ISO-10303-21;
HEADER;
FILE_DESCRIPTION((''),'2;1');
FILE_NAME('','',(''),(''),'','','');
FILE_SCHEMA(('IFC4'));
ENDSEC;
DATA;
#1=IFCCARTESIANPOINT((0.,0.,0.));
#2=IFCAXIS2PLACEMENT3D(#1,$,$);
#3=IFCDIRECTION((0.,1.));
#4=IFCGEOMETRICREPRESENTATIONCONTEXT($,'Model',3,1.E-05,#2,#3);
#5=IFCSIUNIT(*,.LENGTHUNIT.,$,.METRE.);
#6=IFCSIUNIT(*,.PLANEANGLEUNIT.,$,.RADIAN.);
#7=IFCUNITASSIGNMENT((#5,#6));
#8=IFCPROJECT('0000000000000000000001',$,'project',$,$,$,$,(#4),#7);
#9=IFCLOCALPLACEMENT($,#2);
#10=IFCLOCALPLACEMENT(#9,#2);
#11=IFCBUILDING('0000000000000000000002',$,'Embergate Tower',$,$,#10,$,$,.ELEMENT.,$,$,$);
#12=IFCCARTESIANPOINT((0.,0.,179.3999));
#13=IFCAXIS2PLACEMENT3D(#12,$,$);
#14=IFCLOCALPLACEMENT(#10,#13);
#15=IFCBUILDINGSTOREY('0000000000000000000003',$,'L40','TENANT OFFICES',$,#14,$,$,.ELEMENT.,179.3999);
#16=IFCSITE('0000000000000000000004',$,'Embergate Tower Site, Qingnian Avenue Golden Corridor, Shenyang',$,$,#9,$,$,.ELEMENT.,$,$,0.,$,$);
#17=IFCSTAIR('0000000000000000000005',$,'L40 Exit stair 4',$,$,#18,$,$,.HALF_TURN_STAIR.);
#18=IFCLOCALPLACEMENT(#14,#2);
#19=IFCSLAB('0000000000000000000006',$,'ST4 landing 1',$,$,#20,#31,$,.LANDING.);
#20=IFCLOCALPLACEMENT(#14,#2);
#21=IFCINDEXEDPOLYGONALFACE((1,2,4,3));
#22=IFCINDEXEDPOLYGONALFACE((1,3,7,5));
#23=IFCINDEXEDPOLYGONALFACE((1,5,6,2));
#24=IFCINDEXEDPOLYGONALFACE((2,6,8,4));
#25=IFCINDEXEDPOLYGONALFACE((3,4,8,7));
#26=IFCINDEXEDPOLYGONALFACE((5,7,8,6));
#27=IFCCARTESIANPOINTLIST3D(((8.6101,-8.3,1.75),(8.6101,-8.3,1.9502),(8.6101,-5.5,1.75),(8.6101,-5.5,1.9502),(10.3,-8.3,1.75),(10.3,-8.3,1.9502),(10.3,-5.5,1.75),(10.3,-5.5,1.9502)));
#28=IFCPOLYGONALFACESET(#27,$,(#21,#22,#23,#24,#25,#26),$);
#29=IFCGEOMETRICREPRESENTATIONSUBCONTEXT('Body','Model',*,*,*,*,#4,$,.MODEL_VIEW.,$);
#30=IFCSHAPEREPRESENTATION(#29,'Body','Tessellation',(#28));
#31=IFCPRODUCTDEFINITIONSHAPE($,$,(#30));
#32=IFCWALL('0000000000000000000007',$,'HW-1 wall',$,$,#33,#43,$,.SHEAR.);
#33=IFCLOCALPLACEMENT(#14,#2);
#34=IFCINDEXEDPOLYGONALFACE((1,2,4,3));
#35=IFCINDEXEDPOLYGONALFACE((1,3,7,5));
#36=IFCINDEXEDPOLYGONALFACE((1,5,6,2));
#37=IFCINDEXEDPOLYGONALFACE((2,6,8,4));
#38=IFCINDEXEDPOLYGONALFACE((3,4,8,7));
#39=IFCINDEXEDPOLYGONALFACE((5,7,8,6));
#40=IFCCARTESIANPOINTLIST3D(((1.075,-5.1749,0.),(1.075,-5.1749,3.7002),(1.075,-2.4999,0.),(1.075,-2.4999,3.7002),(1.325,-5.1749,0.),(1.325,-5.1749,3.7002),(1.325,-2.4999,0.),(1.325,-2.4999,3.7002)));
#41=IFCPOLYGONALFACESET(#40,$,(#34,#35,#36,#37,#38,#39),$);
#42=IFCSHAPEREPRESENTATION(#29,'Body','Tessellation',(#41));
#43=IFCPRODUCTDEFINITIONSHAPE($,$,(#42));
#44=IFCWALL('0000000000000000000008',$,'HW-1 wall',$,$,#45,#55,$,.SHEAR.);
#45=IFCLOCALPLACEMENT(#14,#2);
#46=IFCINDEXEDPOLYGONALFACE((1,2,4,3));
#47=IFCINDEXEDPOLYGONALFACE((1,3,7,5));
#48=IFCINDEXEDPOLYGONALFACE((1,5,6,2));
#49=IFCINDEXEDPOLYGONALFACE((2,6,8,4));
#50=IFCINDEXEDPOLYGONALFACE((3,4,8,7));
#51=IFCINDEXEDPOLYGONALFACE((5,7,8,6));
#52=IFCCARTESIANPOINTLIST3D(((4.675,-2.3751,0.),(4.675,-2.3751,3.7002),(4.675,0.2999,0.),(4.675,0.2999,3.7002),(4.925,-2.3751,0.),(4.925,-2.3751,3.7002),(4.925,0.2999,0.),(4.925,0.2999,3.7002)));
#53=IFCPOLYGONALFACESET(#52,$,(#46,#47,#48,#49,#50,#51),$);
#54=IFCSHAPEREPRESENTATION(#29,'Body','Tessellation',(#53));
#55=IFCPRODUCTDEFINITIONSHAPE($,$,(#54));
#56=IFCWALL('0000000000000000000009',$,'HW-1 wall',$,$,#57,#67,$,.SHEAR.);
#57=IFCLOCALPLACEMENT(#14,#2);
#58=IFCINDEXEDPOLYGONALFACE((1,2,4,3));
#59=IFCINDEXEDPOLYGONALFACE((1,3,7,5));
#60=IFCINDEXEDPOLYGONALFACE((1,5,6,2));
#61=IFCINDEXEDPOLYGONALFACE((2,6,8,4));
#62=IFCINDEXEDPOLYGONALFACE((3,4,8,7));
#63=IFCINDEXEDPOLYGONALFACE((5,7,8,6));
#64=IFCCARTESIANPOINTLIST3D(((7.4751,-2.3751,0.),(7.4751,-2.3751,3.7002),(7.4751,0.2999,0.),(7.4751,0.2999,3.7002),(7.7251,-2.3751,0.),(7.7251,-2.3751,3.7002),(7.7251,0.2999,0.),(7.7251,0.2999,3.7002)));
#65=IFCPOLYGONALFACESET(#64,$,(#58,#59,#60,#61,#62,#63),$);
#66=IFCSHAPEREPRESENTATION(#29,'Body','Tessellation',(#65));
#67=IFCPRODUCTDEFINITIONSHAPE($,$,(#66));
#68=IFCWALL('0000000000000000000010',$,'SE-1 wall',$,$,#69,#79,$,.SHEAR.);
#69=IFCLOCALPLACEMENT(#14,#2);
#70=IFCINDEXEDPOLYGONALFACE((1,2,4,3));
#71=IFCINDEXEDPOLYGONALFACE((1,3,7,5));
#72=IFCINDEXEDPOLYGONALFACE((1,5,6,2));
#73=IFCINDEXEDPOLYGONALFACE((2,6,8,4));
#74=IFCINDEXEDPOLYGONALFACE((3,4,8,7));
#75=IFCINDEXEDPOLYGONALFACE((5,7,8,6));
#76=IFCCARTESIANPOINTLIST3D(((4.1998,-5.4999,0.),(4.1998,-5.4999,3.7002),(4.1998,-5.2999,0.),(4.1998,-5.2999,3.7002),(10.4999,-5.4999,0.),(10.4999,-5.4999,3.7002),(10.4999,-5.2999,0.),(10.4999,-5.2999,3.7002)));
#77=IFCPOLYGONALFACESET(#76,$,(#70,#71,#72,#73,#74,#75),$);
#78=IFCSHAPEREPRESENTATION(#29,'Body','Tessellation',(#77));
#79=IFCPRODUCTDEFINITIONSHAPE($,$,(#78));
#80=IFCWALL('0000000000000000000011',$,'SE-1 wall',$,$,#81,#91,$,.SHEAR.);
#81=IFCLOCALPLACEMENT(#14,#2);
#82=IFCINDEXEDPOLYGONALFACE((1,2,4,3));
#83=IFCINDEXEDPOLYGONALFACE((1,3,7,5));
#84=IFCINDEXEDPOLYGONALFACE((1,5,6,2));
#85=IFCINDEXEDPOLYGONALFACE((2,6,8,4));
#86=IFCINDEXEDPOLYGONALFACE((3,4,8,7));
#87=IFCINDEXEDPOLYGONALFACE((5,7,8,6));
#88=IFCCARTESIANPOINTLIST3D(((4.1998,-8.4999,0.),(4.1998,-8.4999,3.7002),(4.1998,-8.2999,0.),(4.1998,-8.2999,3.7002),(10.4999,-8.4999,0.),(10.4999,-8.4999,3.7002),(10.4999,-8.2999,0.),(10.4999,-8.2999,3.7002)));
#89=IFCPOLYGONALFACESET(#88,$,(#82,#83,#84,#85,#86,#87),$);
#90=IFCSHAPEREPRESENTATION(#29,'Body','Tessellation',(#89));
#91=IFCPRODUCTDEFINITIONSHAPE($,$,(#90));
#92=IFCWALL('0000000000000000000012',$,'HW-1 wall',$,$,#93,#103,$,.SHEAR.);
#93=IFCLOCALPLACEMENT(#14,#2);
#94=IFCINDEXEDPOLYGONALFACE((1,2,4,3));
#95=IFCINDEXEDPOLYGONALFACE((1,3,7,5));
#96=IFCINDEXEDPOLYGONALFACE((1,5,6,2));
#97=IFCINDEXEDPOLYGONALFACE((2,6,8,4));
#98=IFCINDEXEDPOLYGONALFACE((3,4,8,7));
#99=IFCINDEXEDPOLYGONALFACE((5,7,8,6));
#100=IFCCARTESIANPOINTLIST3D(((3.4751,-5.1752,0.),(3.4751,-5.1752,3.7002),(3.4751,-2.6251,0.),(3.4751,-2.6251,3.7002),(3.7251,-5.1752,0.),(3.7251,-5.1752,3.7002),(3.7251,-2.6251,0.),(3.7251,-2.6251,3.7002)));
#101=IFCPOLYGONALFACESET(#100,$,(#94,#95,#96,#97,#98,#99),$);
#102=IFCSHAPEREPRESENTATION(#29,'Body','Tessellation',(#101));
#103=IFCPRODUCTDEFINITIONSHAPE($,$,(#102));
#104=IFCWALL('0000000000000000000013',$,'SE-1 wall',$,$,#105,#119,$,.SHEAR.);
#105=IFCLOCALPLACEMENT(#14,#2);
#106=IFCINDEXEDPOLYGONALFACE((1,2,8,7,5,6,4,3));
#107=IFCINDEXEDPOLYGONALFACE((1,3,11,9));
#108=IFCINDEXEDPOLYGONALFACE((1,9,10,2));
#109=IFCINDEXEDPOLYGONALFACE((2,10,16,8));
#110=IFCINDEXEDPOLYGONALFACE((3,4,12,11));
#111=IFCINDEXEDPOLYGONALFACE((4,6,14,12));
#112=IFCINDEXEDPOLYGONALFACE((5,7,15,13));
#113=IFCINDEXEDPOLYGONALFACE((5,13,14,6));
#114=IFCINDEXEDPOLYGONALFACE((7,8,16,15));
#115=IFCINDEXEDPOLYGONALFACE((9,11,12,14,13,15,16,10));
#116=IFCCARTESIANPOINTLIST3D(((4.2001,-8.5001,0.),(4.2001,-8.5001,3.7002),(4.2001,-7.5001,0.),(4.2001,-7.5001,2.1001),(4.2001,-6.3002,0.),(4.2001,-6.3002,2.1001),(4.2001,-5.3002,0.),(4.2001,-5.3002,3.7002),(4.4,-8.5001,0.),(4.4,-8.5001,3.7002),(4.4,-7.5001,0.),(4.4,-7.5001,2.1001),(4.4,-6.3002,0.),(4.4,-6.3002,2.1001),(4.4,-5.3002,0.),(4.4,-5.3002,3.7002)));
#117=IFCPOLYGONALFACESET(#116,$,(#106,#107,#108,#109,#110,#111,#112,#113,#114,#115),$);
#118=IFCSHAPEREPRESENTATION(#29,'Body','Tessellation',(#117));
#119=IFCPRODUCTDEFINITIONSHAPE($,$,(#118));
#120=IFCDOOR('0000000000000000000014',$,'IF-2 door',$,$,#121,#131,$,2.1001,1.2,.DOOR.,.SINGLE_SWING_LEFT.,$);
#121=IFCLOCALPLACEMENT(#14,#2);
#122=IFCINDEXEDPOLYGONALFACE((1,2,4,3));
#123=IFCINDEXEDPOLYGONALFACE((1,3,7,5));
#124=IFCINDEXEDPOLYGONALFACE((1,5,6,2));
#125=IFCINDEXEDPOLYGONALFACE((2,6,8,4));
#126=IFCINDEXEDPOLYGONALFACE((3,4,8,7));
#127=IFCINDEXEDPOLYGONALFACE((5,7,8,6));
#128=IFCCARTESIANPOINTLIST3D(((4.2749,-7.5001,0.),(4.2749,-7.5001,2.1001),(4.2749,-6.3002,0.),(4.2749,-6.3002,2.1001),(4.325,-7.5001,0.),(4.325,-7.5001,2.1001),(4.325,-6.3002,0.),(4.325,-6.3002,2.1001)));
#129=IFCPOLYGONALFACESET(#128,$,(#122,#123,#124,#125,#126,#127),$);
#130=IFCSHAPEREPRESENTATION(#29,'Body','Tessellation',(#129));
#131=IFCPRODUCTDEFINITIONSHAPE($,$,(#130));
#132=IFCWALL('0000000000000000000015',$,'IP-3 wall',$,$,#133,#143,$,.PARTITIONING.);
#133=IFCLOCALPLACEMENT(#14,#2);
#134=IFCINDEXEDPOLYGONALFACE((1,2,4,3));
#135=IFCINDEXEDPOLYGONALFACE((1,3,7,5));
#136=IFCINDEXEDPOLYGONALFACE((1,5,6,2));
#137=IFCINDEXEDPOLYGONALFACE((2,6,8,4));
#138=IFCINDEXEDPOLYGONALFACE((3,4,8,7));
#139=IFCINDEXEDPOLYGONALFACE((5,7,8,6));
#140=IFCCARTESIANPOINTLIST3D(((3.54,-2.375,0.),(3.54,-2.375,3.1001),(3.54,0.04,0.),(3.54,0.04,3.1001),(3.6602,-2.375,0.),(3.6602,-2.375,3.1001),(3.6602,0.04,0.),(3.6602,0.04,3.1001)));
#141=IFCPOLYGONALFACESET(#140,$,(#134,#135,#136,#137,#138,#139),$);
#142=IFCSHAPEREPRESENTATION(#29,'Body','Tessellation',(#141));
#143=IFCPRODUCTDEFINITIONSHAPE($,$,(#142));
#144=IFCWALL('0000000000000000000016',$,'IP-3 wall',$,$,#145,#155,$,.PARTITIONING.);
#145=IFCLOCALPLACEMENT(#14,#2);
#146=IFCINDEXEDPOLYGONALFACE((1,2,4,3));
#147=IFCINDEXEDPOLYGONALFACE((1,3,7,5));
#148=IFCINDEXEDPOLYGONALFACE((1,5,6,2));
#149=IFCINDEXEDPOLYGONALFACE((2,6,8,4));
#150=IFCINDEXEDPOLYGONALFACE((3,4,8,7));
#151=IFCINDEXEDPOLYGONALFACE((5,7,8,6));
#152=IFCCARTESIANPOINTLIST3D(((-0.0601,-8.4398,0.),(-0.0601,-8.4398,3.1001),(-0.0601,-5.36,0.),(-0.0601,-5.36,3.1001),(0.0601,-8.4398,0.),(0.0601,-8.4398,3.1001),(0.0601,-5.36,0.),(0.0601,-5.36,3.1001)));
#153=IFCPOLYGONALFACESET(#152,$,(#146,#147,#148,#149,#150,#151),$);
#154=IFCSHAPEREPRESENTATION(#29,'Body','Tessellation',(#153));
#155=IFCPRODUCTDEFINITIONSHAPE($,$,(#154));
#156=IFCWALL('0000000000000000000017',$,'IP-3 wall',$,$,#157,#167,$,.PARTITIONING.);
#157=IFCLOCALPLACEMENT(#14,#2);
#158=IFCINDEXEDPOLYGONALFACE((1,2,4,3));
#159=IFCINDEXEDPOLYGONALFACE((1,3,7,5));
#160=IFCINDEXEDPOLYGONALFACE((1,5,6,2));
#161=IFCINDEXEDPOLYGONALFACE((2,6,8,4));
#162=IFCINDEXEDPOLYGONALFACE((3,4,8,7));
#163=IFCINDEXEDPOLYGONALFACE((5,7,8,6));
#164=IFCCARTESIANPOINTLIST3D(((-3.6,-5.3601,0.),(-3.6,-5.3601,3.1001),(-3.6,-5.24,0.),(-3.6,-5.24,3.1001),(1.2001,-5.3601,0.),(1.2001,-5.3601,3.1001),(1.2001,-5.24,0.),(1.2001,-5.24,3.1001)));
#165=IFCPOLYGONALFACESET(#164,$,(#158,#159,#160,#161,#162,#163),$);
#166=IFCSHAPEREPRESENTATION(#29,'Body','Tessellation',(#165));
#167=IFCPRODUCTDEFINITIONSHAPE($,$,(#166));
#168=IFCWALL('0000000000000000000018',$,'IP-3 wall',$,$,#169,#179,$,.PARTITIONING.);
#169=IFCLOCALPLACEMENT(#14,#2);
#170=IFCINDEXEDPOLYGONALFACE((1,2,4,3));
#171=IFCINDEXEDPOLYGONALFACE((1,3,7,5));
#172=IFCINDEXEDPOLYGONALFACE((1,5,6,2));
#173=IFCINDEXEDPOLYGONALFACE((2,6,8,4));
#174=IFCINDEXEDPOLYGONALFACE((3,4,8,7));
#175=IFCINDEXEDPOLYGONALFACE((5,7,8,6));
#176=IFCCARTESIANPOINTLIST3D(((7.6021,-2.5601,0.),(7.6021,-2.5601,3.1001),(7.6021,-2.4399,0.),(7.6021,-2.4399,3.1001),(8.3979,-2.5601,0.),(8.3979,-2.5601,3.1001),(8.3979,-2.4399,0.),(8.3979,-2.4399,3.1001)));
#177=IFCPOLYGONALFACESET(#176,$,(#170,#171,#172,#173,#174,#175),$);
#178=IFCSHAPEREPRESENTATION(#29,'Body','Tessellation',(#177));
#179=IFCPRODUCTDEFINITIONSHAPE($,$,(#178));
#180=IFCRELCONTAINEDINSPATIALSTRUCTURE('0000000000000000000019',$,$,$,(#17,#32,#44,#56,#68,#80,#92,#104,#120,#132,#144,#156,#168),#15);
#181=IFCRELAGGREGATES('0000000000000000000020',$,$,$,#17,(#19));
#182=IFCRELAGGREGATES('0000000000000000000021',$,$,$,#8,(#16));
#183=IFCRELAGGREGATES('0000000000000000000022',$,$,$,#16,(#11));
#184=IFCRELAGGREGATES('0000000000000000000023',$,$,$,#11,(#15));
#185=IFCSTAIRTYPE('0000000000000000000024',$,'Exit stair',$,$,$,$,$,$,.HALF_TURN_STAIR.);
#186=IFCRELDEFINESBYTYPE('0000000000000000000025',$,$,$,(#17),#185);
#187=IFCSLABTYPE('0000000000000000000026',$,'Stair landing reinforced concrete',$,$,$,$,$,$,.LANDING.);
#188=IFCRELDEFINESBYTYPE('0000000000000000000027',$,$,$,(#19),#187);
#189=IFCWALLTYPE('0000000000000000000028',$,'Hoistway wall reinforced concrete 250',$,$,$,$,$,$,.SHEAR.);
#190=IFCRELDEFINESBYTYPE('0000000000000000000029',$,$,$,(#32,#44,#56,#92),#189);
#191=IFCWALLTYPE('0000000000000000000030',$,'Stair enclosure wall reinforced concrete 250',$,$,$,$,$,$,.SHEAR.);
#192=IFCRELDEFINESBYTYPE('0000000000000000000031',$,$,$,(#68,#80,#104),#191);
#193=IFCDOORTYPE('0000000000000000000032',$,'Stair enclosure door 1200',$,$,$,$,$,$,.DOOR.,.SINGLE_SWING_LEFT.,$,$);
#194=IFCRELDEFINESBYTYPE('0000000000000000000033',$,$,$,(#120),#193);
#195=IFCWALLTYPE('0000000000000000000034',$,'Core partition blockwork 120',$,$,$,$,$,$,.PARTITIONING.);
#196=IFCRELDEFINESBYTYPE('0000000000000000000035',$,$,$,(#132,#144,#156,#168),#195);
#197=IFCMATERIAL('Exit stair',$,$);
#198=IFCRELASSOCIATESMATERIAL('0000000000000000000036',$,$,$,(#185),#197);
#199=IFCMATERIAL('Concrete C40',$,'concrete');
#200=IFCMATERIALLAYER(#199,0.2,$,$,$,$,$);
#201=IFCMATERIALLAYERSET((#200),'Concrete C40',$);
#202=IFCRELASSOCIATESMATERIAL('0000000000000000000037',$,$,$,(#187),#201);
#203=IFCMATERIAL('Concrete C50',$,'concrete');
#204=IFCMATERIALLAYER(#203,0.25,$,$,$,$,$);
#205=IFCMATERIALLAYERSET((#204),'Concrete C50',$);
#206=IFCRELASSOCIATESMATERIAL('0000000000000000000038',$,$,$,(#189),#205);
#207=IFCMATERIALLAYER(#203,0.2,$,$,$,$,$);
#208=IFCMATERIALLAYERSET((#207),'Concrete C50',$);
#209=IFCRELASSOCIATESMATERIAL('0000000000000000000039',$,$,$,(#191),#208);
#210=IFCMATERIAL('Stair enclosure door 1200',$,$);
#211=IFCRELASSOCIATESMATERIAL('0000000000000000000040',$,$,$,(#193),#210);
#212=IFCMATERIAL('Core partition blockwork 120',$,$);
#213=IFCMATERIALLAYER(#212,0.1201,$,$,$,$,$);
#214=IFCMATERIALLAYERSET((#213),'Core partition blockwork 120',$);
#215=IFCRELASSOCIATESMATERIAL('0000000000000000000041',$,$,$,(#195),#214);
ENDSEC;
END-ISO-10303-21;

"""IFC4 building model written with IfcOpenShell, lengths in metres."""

from ifc_helpers import new_model, si_unit, direction, frame, frame_2d, origin, place, context, subcontext, project, spatial, polyline, rectangle, outline, extrude, source, transform, mapped, material, layer, layer_set, type_object, element, fill, aggregate, save


model = new_model("IFC4")

# Units and contexts
model_context = context("Model", 3, precision=1e-05, world=origin(), true_north=direction((0.0, 1.0)))
body_context = subcontext(model_context, "Body", "Model", "MODEL_VIEW")
ifc_project = project(units=[si_unit("LENGTHUNIT", "METRE"), si_unit("PLANEANGLEUNIT", "RADIAN")], contexts=[model_context])

# Site, building, storey
site_placement = place(None, origin())
site = spatial("IfcSite", under=ifc_project, at=site_placement, Name="Embergate Tower Site, Qingnian Avenue Golden Corridor, Shenyang", CompositionType="ELEMENT", RefElevation=0.0)
building_placement = place(site_placement, origin())
building = spatial("IfcBuilding", under=site, at=building_placement, Name="Embergate Tower", CompositionType="ELEMENT")
storey_placement = place(building_placement, frame((0.0, 0.0, 179.3999)))
storey = spatial("IfcBuildingStorey", under=building, at=storey_placement, Name="L40", Description="TENANT OFFICES", CompositionType="ELEMENT", Elevation=179.3999)

# Stair, slab
ifc_material_1 = material(Name="Exit stair")
stair_type = type_object("IfcStairType", Name="Exit stair", PredefinedType="HALF_TURN_STAIR", material=ifc_material_1)
stair_placement = place(storey_placement, origin())
stair = element("IfcStair", 1, at=stair_placement, inside=storey, type_object=stair_type, Name="L40 Exit stair 4", PredefinedType="HALF_TURN_STAIR")
ifc_material_2 = material(Name="Concrete C40", Category="concrete")
ifc_layer_1 = layer(ifc_material_2, 0.2)
ifc_layer_set_1 = layer_set([ifc_layer_1], Name="Concrete C40")
slab_type = type_object("IfcSlabType", Name="Stair landing reinforced concrete", PredefinedType="LANDING", material=ifc_layer_set_1)
shared_shape_1 = source(origin(), body_context, "Body", "SweptSolid", [
    extrude(outline(polyline([(0.0, 0.0), (1.6899, 0.0), (1.6899, 2.8), (0.0, 2.8), (0.0, 0.0)])), origin(), (0.0, 0.0, 1.0), 0.2002),
])
slab_placement = place(storey_placement, frame((8.6101, -8.3, 1.75)))
slab = element("IfcSlab", 2, at=slab_placement, type_object=slab_type, Name="ST4 landing 1", PredefinedType="LANDING", context=body_context, shape_type="MappedRepresentation", body=[
    mapped(shared_shape_1, transform((0.0, 0.0, 0.0))),
])

# Walls
ifc_material_3 = material(Name="Concrete C50", Category="concrete")
ifc_layer_2 = layer(ifc_material_3, 0.25)
ifc_layer_set_2 = layer_set([ifc_layer_2], Name="Concrete C50")
wall_type_1 = type_object("IfcWallType", Name="Hoistway wall reinforced concrete 250", PredefinedType="SHEAR", material=ifc_layer_set_2)
shared_shape_2 = source(origin(), body_context, "Body", "SweptSolid", [
    extrude(rectangle(XDim=2.675, YDim=0.25, at=frame_2d((1.3374, 0.0))), origin(), (0.0, 0.0, 1.0), 3.7002),
])
for number, where, z_axis, x_axis, name in (
    (3, (1.2, -2.5, 0.0), (0.0, 0.0, 1.0), (0.0, -1.0, 0.0), "HW-1 wall"),
    (4, (4.8, -2.375, 0.0), (0.0, 0.0, 1.0), (0.0, 1.0, 0.0), "HW-1 wall"),
    (5, (7.6001, -2.375, 0.0), (0.0, 0.0, 1.0), (0.0, 1.0, 0.0), "HW-1 wall"),
):
    element("IfcWall", number, at=place(storey_placement, frame(where, z_axis=z_axis, x_axis=x_axis)), inside=storey, type_object=wall_type_1, Name=name, PredefinedType="SHEAR", context=body_context, shape_type="MappedRepresentation", body=[
        mapped(shared_shape_2, transform((0.0, 0.0, 0.0))),
    ])
ifc_layer_3 = layer(ifc_material_3, 0.2)
ifc_layer_set_3 = layer_set([ifc_layer_3], Name="Concrete C50")
wall_type_2 = type_object("IfcWallType", Name="Stair enclosure wall reinforced concrete 250", PredefinedType="SHEAR", material=ifc_layer_set_3)
shared_shape_3 = source(origin(), body_context, "Body", "SweptSolid", [
    extrude(rectangle(XDim=6.3, YDim=0.2, at=frame_2d((3.1499, 0.0))), origin(), (0.0, 0.0, 1.0), 3.7002),
])
for number, where, z_axis, x_axis, name in (
    (6, (4.2, -5.3999, 0.0), (0.0, 0.0, 1.0), (1.0, 0.0, 0.0), "SE-1 wall"),
    (7, (4.2, -8.3999, 0.0), (0.0, 0.0, 1.0), (1.0, 0.0, 0.0), "SE-1 wall"),
):
    element("IfcWall", number, at=place(storey_placement, frame(where, z_axis=z_axis, x_axis=x_axis)), inside=storey, type_object=wall_type_2, Name=name, PredefinedType="SHEAR", context=body_context, shape_type="MappedRepresentation", body=[
        mapped(shared_shape_3, transform((0.0, 0.0, 0.0))),
    ])
shared_shape_4 = source(origin(), body_context, "Body", "SweptSolid", [
    extrude(rectangle(XDim=2.55, YDim=0.25, at=frame_2d((1.2749, 0.0))), origin(), (0.0, 0.0, 1.0), 3.7002),
])
wall_1_placement = place(storey_placement, frame((3.6001, -5.175, 0.0), z_axis=(0.0, 0.0, 1.0), x_axis=(0.0, 1.0, 0.0)))
element("IfcWall", 8, at=wall_1_placement, inside=storey, type_object=wall_type_1, Name="HW-1 wall", PredefinedType="SHEAR", context=body_context, shape_type="MappedRepresentation", body=[
    mapped(shared_shape_4, transform((0.0, 0.0, 0.0))),
])

# Wall, opening, door
shared_shape_5 = source(origin(), body_context, "Body", "SweptSolid", [
    extrude(rectangle(XDim=3.2, YDim=0.2, at=frame_2d((1.6001, 0.0))), origin(), (0.0, 0.0, 1.0), 3.7002),
])
wall_2_placement = place(storey_placement, frame((4.3, -5.3, 0.0), z_axis=(0.0, 0.0, 1.0), x_axis=(0.0, -1.0, 0.0)))
wall_2 = element("IfcWall", 9, at=wall_2_placement, inside=storey, type_object=wall_type_2, Name="SE-1 wall", PredefinedType="SHEAR", context=body_context, shape_type="MappedRepresentation", body=[
    mapped(shared_shape_5, transform((0.0, 0.0, 0.0))),
])
shared_shape_6 = source(origin(), body_context, "Body", "SweptSolid", [
    extrude(rectangle(XDim=1.2, YDim=2.1001, at=frame_2d((0.6001, 1.05))), frame((0.0, 0.1099, 0.0), z_axis=(0.0, -1.0, 0.0), x_axis=(1.0, 0.0, 0.0)), (0.0, 0.0, 1.0), 0.22),
])
opening_1_placement = place(wall_2_placement, frame((1.0, 0.0, 0.0)))
opening_1 = element("IfcOpeningElement", 10, at=opening_1_placement, cuts=wall_2, PredefinedType="OPENING", context=body_context, shape_type="MappedRepresentation", body=[
    mapped(shared_shape_6, transform((0.0, 0.0, 0.0))),
])
ifc_material_4 = material(Name="Stair enclosure door 1200")
door_type_1 = type_object("IfcDoorType", Name="Stair enclosure door 1200", OperationType="SINGLE_SWING_LEFT", PredefinedType="DOOR", material=ifc_material_4)
shared_shape_7 = source(origin(), body_context, "Body", "SweptSolid", [
    extrude(rectangle(XDim=1.2, YDim=2.1001, at=frame_2d((0.6001, 1.05))), frame((0.0, 0.0249, 0.0), z_axis=(0.0, -1.0, 0.0), x_axis=(1.0, 0.0, 0.0)), (0.0, 0.0, 1.0), 0.05),
])
door_1_placement = place(opening_1_placement, origin())
door_1 = element("IfcDoor", 11, at=door_1_placement, inside=storey, type_object=door_type_1, Name="IF-2 door", OperationType="SINGLE_SWING_LEFT", OverallHeight=2.1001, OverallWidth=1.2, PredefinedType="DOOR", context=body_context, shape_type="MappedRepresentation", body=[
    mapped(shared_shape_7, transform((0.0, 0.0, 0.0))),
])
fill(opening_1, door_1)

# Walls
ifc_material_5 = material(Name="Core partition blockwork 120")
ifc_layer_4 = layer(ifc_material_5, 0.1201)
ifc_layer_set_4 = layer_set([ifc_layer_4], Name="Core partition blockwork 120")
wall_type_3 = type_object("IfcWallType", Name="Core partition blockwork 120", PredefinedType="PARTITIONING", material=ifc_layer_set_4)
shared_shape_8 = source(origin(), body_context, "Body", "SweptSolid", [
    extrude(rectangle(XDim=2.415, YDim=0.1201, at=frame_2d((1.2075, 0.0))), origin(), (0.0, 0.0, 1.0), 3.1001),
])
wall_3_placement = place(storey_placement, frame((3.6001, -2.375, 0.0), z_axis=(0.0, 0.0, 1.0), x_axis=(0.0, 1.0, 0.0)))
element("IfcWall", 12, at=wall_3_placement, inside=storey, type_object=wall_type_3, Name="IP-3 wall", PredefinedType="PARTITIONING", context=body_context, shape_type="MappedRepresentation", body=[
    mapped(shared_shape_8, transform((0.0, 0.0, 0.0))),
])
shared_shape_9 = source(origin(), body_context, "Body", "SweptSolid", [
    extrude(rectangle(XDim=3.0798, YDim=0.1201, at=frame_2d((1.54, 0.0))), origin(), (0.0, 0.0, 1.0), 3.1001),
])
wall_4_placement = place(storey_placement, frame((0.0, -8.4399, 0.0), z_axis=(0.0, 0.0, 1.0), x_axis=(0.0, 1.0, 0.0)))
element("IfcWall", 13, at=wall_4_placement, inside=storey, type_object=wall_type_3, Name="IP-3 wall", PredefinedType="PARTITIONING", context=body_context, shape_type="MappedRepresentation", body=[
    mapped(shared_shape_9, transform((0.0, 0.0, 0.0))),
])
shared_shape_10 = source(origin(), body_context, "Body", "SweptSolid", [
    extrude(rectangle(XDim=4.8, YDim=0.1201, at=frame_2d((2.3999, 0.0))), origin(), (0.0, 0.0, 1.0), 3.1001),
])
wall_5_placement = place(storey_placement, frame((1.2, -5.3, 0.0), z_axis=(0.0, 0.0, 1.0), x_axis=(-1.0, 0.0, 0.0)))
element("IfcWall", 14, at=wall_5_placement, inside=storey, type_object=wall_type_3, Name="IP-3 wall", PredefinedType="PARTITIONING", context=body_context, shape_type="MappedRepresentation", body=[
    mapped(shared_shape_10, transform((0.0, 0.0, 0.0))),
])
shared_shape_11 = source(origin(), body_context, "Body", "SweptSolid", [
    extrude(rectangle(XDim=0.7959, YDim=0.1201, at=frame_2d((0.3979, 0.0))), origin(), (0.0, 0.0, 1.0), 3.1001),
])
wall_6_placement = place(storey_placement, frame((7.6021, -2.5, 0.0), z_axis=(0.0, 0.0, 1.0), x_axis=(1.0, 0.0, 0.0)))
element("IfcWall", 15, at=wall_6_placement, inside=storey, type_object=wall_type_3, Name="IP-3 wall", PredefinedType="PARTITIONING", context=body_context, shape_type="MappedRepresentation", body=[
    mapped(shared_shape_11, transform((0.0, 0.0, 0.0))),
])

aggregate(stair, [slab])

save(model, "model.ifc")
